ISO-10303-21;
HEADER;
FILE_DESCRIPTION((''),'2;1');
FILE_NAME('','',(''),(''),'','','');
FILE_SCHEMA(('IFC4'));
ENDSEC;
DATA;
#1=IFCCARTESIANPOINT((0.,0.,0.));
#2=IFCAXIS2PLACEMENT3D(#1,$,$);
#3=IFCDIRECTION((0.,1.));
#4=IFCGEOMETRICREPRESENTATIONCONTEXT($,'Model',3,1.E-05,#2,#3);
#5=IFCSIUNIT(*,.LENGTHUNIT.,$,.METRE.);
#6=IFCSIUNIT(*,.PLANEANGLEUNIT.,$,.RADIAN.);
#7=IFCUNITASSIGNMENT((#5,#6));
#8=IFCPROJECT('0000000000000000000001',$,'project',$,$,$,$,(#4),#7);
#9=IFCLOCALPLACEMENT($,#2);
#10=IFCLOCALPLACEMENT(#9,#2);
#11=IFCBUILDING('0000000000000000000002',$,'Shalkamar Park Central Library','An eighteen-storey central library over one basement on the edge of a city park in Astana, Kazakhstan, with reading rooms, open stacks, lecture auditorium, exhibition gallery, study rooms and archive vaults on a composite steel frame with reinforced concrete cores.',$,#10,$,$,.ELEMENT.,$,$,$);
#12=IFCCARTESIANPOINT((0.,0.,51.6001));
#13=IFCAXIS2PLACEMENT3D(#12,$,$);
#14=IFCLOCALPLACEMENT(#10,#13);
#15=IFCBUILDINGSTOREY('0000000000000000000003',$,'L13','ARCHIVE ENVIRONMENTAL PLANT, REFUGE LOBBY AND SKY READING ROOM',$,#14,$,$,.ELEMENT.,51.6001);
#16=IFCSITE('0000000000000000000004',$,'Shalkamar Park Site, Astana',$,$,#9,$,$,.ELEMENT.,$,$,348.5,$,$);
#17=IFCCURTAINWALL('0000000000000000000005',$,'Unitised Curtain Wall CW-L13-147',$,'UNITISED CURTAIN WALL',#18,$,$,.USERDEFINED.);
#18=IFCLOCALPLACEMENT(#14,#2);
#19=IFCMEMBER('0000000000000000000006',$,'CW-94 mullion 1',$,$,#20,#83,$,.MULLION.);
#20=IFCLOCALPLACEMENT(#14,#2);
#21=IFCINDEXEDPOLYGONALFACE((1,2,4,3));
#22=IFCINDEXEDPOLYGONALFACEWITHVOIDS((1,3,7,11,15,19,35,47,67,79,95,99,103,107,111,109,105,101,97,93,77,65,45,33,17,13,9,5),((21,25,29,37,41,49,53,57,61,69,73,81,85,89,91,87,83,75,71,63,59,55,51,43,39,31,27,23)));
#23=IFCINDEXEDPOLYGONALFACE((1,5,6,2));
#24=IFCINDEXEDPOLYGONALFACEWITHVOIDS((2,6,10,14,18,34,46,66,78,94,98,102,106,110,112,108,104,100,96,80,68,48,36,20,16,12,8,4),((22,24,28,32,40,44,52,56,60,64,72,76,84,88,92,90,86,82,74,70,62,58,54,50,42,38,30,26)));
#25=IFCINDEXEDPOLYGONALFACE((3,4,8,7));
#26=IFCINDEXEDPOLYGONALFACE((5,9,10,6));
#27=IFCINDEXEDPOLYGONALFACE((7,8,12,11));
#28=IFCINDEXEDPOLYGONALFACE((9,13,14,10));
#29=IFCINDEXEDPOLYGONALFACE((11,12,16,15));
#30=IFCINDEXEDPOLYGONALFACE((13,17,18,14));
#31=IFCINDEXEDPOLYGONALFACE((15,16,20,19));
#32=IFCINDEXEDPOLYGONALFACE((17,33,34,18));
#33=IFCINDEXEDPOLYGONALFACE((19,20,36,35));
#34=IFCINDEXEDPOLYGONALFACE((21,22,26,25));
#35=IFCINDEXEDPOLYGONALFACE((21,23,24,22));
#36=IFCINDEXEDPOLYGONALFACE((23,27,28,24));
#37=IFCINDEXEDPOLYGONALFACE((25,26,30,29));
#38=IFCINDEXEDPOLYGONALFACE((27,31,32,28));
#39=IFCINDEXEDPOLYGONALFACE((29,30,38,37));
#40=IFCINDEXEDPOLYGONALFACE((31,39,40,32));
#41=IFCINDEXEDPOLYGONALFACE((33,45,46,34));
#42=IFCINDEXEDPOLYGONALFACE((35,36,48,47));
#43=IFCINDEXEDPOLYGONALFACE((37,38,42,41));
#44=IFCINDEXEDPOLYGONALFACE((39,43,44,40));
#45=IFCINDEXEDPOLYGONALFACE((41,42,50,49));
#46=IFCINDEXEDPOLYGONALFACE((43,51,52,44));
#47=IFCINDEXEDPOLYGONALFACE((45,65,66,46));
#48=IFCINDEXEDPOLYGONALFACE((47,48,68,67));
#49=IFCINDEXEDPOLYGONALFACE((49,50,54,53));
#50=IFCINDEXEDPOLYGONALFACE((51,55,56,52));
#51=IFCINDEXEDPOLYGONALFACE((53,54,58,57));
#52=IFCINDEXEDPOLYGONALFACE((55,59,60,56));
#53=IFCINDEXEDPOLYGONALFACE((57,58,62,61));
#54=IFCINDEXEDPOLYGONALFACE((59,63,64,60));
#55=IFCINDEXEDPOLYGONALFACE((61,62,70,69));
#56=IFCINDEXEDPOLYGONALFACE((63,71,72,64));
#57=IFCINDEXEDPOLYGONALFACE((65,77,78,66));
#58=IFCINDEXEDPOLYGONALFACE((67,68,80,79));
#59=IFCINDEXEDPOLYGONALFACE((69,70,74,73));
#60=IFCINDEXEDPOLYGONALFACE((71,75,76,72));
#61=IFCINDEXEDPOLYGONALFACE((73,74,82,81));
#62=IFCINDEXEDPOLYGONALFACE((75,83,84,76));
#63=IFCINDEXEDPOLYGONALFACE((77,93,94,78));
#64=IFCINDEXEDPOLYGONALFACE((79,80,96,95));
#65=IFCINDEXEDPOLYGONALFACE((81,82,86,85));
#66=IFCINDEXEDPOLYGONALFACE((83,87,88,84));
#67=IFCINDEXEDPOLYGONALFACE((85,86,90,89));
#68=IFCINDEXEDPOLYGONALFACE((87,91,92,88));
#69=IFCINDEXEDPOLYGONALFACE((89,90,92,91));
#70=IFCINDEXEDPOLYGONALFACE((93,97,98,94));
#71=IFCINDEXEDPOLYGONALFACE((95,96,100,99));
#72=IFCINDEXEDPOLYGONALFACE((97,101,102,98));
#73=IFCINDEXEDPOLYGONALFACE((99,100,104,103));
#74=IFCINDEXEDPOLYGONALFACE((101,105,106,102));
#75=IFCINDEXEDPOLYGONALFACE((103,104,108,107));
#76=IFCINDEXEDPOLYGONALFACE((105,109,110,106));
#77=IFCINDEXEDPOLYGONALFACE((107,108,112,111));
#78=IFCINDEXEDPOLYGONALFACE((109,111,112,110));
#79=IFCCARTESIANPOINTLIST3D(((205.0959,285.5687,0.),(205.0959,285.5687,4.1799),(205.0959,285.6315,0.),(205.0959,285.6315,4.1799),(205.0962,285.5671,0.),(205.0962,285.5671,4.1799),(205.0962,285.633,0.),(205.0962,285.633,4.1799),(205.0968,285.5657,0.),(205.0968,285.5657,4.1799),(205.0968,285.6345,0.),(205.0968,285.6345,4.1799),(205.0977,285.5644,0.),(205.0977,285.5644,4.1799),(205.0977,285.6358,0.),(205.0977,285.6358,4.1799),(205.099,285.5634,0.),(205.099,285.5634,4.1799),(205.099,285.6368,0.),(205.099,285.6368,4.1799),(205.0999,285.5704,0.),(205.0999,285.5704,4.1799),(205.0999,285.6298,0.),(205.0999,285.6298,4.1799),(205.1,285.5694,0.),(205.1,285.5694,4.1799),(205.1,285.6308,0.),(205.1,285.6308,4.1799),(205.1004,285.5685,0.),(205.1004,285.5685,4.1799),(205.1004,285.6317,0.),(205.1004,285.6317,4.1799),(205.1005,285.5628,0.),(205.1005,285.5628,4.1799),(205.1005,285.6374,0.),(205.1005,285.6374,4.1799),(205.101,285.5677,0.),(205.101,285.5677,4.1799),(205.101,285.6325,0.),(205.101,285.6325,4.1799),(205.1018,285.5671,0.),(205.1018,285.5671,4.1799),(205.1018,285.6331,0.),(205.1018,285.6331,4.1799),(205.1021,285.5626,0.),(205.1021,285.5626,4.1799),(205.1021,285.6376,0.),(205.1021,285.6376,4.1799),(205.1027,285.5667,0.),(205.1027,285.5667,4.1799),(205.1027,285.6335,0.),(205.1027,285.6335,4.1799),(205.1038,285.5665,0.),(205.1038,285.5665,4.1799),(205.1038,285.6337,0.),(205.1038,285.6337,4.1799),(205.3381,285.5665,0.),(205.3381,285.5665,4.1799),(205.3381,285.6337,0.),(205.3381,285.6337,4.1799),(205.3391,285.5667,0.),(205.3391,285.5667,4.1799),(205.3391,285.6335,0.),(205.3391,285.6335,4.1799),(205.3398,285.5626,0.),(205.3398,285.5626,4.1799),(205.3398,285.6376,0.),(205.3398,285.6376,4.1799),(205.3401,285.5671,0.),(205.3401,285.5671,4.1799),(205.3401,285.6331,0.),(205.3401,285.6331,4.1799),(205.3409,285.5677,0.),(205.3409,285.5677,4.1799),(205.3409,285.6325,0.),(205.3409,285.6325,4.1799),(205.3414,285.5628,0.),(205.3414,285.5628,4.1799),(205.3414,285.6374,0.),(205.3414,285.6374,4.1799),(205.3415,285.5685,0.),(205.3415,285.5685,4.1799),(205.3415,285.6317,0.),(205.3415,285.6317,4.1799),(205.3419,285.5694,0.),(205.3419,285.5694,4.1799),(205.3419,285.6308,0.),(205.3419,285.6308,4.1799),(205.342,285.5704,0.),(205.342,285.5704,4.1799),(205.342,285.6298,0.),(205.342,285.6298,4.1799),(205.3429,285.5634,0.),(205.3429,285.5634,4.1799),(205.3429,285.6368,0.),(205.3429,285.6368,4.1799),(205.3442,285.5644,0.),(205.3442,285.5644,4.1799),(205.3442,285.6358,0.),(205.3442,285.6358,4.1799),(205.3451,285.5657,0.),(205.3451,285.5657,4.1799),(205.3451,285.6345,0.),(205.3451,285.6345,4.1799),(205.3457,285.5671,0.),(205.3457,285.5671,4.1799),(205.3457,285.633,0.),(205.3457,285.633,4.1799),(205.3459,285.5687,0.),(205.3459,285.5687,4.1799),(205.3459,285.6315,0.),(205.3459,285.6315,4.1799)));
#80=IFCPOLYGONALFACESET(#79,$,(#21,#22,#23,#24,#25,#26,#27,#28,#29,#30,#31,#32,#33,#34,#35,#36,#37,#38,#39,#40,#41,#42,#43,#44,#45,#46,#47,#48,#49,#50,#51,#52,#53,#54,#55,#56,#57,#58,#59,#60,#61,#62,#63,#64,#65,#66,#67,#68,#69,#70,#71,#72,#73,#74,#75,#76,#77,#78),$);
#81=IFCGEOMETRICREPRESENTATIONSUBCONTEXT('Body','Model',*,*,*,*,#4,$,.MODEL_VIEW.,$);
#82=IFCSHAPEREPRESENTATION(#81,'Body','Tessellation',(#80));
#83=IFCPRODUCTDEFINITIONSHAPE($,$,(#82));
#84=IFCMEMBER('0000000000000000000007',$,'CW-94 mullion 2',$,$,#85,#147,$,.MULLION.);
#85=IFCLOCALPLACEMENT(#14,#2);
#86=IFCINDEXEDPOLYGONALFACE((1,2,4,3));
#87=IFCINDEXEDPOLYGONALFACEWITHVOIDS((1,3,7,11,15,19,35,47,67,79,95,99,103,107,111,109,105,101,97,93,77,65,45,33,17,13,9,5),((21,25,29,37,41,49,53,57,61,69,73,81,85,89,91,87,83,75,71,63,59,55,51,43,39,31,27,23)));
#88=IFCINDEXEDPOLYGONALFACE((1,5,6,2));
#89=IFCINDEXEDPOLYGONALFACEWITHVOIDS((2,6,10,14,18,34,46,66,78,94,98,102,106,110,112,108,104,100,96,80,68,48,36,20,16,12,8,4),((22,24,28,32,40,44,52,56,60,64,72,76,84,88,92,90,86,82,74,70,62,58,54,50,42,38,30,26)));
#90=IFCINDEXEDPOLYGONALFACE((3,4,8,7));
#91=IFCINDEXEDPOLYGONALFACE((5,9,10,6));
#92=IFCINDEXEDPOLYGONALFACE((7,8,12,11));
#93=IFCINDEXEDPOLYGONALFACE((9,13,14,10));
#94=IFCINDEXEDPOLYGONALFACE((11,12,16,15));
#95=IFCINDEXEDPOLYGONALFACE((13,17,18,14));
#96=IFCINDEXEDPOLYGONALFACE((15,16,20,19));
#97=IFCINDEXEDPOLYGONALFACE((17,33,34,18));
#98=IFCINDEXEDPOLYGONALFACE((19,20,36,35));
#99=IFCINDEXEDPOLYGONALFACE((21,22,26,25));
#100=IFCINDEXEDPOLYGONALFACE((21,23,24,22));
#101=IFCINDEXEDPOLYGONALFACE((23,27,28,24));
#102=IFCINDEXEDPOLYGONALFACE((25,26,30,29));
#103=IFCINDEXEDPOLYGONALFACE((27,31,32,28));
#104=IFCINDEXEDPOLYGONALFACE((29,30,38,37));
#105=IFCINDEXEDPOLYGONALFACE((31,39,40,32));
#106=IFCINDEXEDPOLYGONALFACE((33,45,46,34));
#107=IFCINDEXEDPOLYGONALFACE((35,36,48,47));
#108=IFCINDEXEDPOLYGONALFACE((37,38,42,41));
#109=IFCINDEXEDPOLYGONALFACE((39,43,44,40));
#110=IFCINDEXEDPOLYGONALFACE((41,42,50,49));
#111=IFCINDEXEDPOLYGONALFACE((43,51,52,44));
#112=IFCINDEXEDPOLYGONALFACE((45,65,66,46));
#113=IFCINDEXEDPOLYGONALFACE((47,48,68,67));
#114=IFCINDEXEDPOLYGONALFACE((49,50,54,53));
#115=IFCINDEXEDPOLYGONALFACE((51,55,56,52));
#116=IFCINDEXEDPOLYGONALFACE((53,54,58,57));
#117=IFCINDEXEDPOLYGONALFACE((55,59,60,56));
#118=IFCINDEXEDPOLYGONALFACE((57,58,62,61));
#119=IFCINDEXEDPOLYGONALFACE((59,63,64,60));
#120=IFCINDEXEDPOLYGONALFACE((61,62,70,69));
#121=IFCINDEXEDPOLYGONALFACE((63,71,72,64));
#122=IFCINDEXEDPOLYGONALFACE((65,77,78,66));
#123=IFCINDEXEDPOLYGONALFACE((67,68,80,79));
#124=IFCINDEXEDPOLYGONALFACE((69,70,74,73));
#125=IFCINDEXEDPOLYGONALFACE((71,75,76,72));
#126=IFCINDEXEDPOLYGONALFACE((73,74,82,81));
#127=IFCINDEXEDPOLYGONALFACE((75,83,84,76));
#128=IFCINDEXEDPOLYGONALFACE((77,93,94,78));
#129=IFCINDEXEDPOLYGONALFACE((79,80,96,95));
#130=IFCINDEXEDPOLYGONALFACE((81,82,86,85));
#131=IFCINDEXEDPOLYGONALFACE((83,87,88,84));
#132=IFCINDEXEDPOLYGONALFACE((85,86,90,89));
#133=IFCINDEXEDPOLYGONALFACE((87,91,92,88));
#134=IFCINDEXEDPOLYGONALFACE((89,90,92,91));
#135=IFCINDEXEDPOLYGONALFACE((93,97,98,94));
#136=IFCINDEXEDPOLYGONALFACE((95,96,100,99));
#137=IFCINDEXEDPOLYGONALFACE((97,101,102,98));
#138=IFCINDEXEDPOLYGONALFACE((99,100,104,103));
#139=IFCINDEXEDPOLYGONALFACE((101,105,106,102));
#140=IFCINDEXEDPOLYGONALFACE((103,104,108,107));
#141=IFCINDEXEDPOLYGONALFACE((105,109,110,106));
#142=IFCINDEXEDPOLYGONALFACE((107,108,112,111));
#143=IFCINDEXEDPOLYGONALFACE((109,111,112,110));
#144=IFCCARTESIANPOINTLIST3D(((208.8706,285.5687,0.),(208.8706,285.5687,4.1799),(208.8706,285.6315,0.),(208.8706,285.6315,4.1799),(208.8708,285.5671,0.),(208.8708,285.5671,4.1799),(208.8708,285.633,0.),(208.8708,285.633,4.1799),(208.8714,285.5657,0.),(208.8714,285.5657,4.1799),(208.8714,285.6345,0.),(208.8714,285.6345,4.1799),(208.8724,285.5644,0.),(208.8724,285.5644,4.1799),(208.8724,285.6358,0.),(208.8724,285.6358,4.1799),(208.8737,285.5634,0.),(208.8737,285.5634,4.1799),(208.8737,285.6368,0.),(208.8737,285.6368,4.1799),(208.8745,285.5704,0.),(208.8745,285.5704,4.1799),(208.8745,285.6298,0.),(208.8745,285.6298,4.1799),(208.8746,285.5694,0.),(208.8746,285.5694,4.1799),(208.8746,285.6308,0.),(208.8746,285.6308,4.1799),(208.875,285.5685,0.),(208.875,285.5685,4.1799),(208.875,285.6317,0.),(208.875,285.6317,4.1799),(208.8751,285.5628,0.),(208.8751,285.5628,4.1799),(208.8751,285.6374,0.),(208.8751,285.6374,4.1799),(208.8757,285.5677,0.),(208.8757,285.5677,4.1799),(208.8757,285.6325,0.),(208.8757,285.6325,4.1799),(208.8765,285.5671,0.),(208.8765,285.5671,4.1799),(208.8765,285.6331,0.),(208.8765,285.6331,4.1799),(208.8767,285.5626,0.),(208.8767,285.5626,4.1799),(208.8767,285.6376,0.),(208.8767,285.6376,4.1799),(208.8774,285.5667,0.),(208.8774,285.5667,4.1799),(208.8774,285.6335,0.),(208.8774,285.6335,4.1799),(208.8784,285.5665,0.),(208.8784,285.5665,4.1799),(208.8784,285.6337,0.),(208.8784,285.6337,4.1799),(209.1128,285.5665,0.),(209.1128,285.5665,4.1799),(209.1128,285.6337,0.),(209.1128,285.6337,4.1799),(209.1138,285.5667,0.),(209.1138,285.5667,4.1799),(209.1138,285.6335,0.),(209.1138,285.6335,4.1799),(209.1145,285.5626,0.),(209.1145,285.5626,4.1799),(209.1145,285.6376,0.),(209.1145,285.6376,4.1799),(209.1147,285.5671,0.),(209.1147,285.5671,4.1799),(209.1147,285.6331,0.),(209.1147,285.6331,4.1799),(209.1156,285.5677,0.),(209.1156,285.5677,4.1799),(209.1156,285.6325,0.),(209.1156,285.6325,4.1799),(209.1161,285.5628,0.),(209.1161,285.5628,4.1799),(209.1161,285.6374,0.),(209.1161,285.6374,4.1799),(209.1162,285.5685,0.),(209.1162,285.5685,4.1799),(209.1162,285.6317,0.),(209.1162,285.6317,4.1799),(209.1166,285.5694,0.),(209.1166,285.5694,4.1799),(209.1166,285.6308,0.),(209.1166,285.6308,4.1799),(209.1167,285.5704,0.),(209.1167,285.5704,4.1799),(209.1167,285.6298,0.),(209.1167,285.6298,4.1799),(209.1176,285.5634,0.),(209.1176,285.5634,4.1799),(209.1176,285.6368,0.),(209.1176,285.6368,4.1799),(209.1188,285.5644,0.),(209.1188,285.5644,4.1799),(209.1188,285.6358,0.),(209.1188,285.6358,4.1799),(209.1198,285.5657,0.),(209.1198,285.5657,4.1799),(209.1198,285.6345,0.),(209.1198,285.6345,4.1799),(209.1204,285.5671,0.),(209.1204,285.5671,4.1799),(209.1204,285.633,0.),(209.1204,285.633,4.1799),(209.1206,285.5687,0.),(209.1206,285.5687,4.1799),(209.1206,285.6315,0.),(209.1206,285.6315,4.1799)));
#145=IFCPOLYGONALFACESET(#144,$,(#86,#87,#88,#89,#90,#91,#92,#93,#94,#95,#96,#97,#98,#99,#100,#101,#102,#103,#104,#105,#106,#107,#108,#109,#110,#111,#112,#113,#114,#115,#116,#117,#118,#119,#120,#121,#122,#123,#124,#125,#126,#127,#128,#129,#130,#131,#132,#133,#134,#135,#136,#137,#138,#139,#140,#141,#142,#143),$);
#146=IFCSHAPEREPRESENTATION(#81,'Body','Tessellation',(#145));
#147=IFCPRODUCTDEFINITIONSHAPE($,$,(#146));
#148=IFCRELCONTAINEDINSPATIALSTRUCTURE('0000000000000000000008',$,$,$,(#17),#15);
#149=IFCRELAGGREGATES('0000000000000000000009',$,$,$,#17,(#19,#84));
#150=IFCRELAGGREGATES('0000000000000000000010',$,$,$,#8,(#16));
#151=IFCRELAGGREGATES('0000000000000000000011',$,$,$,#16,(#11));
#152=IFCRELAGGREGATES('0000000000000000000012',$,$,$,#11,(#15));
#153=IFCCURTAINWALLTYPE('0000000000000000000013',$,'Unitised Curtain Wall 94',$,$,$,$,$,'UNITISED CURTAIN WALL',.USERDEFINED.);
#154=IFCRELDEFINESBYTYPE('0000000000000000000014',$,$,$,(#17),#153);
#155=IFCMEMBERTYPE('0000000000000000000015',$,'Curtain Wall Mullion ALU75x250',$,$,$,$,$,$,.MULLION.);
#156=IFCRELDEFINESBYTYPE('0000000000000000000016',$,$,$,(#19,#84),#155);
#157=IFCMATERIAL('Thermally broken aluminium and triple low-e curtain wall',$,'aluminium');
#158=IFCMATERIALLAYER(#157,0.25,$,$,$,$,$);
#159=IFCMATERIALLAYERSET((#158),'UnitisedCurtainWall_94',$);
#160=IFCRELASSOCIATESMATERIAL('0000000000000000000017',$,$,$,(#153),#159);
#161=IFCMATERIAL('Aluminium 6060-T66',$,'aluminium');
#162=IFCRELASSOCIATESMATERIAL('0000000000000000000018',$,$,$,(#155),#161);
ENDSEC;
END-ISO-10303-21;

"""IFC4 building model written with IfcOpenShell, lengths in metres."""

from ifc_helpers import new_model, si_unit, direction, frame, origin, origin_2d, place, context, subcontext, project, spatial, hollow_rectangle, extrude, material, layer, layer_set, material_profile, profile_set, type_object, element, aggregate, save


model = new_model("IFC4")

# Units and contexts
model_context = context("Model", 3, precision=1e-05, world=origin(), true_north=direction((0.0, 1.0)))
body_context = subcontext(model_context, "Body", "Model", "MODEL_VIEW")
ifc_project = project(units=[si_unit("LENGTHUNIT", "METRE"), si_unit("PLANEANGLEUNIT", "RADIAN")], contexts=[model_context])

# Site, building, storey
site_placement = place(None, origin())
site = spatial("IfcSite", under=ifc_project, at=site_placement, Name="Shalkamar Park Site, Astana", CompositionType="ELEMENT", RefElevation=348.5)
building_placement = place(site_placement, origin())
building = spatial("IfcBuilding", under=site, at=building_placement, Name="Shalkamar Park Central Library", Description="An eighteen-storey central library over one basement on the edge of a city park in Astana, Kazakhstan, with reading rooms, open stacks, lecture auditorium, exhibition gallery, study rooms and archive vaults on a composite steel frame with reinforced concrete cores.", CompositionType="ELEMENT")
storey_placement = place(building_placement, frame((0.0, 0.0, 51.6001)))
storey = spatial("IfcBuildingStorey", under=building, at=storey_placement, Name="L13", Description="ARCHIVE ENVIRONMENTAL PLANT, REFUGE LOBBY AND SKY READING ROOM", CompositionType="ELEMENT", Elevation=51.6001)

# Curtain wall, members
ifc_material_1 = material(Name="Thermally broken aluminium and triple low-e curtain wall", Category="aluminium")
ifc_layer_1 = layer(ifc_material_1, 0.25)
ifc_layer_set_1 = layer_set([ifc_layer_1], Name="UnitisedCurtainWall_94")
curtain_wall_type_1 = type_object("IfcCurtainWallType", Name="Unitised Curtain Wall 94", ElementType="UNITISED CURTAIN WALL", PredefinedType="USERDEFINED", material=ifc_layer_set_1)
curtain_wall_1_placement = place(storey_placement, origin())
curtain_wall_1 = element("IfcCurtainWall", 1, at=curtain_wall_1_placement, inside=storey, type_object=curtain_wall_type_1, Name="Unitised Curtain Wall CW-L13-147", ObjectType="UNITISED CURTAIN WALL", PredefinedType="USERDEFINED")
ifc_material_2 = material(Name="Aluminium 6060-T66", Category="aluminium")
ifc_material_profile_1 = material_profile(ifc_material_2, hollow_rectangle(XDim=0.075, YDim=0.25, WallThickness=0.0039, InnerFilletRadius=0.0039, OuterFilletRadius=0.0061, at=origin_2d()), Name="ALU 75x250x4")
ifc_profile_set_1 = profile_set([ifc_material_profile_1], Name="Aluminium 6060-T66")
member_type_1 = type_object("IfcMemberType", Name="Curtain Wall Mullion ALU75x250", PredefinedType="MULLION", material=ifc_profile_set_1)
member_1_placement = place(storey_placement, frame((205.2209, 285.6001, 0.0), z_axis=(0.0, 0.0, 1.0), x_axis=(0.0, 1.0, 0.0)))
member_1 = element("IfcMember", 2, at=member_1_placement, type_object=member_type_1, Name="CW-94 mullion 1", PredefinedType="MULLION", context=body_context, shape_type="SweptSolid", body=[
    extrude(hollow_rectangle(XDim=0.075, YDim=0.25, WallThickness=0.0039, InnerFilletRadius=0.0039, OuterFilletRadius=0.0061, at=origin_2d()), origin(), (0.0, 0.0, 1.0), 4.1799),
])
member_2_placement = place(storey_placement, frame((208.9956, 285.6001, 0.0), z_axis=(0.0, 0.0, 1.0), x_axis=(0.0, 1.0, 0.0)))
member_2 = element("IfcMember", 3, at=member_2_placement, type_object=member_type_1, Name="CW-94 mullion 2", PredefinedType="MULLION", context=body_context, shape_type="SweptSolid", body=[
    extrude(hollow_rectangle(XDim=0.075, YDim=0.25, WallThickness=0.0039, InnerFilletRadius=0.0039, OuterFilletRadius=0.0061, at=origin_2d()), origin(), (0.0, 0.0, 1.0), 4.1799),
])

aggregate(curtain_wall_1, [member_1, member_2])

save(model, "model.ifc")
